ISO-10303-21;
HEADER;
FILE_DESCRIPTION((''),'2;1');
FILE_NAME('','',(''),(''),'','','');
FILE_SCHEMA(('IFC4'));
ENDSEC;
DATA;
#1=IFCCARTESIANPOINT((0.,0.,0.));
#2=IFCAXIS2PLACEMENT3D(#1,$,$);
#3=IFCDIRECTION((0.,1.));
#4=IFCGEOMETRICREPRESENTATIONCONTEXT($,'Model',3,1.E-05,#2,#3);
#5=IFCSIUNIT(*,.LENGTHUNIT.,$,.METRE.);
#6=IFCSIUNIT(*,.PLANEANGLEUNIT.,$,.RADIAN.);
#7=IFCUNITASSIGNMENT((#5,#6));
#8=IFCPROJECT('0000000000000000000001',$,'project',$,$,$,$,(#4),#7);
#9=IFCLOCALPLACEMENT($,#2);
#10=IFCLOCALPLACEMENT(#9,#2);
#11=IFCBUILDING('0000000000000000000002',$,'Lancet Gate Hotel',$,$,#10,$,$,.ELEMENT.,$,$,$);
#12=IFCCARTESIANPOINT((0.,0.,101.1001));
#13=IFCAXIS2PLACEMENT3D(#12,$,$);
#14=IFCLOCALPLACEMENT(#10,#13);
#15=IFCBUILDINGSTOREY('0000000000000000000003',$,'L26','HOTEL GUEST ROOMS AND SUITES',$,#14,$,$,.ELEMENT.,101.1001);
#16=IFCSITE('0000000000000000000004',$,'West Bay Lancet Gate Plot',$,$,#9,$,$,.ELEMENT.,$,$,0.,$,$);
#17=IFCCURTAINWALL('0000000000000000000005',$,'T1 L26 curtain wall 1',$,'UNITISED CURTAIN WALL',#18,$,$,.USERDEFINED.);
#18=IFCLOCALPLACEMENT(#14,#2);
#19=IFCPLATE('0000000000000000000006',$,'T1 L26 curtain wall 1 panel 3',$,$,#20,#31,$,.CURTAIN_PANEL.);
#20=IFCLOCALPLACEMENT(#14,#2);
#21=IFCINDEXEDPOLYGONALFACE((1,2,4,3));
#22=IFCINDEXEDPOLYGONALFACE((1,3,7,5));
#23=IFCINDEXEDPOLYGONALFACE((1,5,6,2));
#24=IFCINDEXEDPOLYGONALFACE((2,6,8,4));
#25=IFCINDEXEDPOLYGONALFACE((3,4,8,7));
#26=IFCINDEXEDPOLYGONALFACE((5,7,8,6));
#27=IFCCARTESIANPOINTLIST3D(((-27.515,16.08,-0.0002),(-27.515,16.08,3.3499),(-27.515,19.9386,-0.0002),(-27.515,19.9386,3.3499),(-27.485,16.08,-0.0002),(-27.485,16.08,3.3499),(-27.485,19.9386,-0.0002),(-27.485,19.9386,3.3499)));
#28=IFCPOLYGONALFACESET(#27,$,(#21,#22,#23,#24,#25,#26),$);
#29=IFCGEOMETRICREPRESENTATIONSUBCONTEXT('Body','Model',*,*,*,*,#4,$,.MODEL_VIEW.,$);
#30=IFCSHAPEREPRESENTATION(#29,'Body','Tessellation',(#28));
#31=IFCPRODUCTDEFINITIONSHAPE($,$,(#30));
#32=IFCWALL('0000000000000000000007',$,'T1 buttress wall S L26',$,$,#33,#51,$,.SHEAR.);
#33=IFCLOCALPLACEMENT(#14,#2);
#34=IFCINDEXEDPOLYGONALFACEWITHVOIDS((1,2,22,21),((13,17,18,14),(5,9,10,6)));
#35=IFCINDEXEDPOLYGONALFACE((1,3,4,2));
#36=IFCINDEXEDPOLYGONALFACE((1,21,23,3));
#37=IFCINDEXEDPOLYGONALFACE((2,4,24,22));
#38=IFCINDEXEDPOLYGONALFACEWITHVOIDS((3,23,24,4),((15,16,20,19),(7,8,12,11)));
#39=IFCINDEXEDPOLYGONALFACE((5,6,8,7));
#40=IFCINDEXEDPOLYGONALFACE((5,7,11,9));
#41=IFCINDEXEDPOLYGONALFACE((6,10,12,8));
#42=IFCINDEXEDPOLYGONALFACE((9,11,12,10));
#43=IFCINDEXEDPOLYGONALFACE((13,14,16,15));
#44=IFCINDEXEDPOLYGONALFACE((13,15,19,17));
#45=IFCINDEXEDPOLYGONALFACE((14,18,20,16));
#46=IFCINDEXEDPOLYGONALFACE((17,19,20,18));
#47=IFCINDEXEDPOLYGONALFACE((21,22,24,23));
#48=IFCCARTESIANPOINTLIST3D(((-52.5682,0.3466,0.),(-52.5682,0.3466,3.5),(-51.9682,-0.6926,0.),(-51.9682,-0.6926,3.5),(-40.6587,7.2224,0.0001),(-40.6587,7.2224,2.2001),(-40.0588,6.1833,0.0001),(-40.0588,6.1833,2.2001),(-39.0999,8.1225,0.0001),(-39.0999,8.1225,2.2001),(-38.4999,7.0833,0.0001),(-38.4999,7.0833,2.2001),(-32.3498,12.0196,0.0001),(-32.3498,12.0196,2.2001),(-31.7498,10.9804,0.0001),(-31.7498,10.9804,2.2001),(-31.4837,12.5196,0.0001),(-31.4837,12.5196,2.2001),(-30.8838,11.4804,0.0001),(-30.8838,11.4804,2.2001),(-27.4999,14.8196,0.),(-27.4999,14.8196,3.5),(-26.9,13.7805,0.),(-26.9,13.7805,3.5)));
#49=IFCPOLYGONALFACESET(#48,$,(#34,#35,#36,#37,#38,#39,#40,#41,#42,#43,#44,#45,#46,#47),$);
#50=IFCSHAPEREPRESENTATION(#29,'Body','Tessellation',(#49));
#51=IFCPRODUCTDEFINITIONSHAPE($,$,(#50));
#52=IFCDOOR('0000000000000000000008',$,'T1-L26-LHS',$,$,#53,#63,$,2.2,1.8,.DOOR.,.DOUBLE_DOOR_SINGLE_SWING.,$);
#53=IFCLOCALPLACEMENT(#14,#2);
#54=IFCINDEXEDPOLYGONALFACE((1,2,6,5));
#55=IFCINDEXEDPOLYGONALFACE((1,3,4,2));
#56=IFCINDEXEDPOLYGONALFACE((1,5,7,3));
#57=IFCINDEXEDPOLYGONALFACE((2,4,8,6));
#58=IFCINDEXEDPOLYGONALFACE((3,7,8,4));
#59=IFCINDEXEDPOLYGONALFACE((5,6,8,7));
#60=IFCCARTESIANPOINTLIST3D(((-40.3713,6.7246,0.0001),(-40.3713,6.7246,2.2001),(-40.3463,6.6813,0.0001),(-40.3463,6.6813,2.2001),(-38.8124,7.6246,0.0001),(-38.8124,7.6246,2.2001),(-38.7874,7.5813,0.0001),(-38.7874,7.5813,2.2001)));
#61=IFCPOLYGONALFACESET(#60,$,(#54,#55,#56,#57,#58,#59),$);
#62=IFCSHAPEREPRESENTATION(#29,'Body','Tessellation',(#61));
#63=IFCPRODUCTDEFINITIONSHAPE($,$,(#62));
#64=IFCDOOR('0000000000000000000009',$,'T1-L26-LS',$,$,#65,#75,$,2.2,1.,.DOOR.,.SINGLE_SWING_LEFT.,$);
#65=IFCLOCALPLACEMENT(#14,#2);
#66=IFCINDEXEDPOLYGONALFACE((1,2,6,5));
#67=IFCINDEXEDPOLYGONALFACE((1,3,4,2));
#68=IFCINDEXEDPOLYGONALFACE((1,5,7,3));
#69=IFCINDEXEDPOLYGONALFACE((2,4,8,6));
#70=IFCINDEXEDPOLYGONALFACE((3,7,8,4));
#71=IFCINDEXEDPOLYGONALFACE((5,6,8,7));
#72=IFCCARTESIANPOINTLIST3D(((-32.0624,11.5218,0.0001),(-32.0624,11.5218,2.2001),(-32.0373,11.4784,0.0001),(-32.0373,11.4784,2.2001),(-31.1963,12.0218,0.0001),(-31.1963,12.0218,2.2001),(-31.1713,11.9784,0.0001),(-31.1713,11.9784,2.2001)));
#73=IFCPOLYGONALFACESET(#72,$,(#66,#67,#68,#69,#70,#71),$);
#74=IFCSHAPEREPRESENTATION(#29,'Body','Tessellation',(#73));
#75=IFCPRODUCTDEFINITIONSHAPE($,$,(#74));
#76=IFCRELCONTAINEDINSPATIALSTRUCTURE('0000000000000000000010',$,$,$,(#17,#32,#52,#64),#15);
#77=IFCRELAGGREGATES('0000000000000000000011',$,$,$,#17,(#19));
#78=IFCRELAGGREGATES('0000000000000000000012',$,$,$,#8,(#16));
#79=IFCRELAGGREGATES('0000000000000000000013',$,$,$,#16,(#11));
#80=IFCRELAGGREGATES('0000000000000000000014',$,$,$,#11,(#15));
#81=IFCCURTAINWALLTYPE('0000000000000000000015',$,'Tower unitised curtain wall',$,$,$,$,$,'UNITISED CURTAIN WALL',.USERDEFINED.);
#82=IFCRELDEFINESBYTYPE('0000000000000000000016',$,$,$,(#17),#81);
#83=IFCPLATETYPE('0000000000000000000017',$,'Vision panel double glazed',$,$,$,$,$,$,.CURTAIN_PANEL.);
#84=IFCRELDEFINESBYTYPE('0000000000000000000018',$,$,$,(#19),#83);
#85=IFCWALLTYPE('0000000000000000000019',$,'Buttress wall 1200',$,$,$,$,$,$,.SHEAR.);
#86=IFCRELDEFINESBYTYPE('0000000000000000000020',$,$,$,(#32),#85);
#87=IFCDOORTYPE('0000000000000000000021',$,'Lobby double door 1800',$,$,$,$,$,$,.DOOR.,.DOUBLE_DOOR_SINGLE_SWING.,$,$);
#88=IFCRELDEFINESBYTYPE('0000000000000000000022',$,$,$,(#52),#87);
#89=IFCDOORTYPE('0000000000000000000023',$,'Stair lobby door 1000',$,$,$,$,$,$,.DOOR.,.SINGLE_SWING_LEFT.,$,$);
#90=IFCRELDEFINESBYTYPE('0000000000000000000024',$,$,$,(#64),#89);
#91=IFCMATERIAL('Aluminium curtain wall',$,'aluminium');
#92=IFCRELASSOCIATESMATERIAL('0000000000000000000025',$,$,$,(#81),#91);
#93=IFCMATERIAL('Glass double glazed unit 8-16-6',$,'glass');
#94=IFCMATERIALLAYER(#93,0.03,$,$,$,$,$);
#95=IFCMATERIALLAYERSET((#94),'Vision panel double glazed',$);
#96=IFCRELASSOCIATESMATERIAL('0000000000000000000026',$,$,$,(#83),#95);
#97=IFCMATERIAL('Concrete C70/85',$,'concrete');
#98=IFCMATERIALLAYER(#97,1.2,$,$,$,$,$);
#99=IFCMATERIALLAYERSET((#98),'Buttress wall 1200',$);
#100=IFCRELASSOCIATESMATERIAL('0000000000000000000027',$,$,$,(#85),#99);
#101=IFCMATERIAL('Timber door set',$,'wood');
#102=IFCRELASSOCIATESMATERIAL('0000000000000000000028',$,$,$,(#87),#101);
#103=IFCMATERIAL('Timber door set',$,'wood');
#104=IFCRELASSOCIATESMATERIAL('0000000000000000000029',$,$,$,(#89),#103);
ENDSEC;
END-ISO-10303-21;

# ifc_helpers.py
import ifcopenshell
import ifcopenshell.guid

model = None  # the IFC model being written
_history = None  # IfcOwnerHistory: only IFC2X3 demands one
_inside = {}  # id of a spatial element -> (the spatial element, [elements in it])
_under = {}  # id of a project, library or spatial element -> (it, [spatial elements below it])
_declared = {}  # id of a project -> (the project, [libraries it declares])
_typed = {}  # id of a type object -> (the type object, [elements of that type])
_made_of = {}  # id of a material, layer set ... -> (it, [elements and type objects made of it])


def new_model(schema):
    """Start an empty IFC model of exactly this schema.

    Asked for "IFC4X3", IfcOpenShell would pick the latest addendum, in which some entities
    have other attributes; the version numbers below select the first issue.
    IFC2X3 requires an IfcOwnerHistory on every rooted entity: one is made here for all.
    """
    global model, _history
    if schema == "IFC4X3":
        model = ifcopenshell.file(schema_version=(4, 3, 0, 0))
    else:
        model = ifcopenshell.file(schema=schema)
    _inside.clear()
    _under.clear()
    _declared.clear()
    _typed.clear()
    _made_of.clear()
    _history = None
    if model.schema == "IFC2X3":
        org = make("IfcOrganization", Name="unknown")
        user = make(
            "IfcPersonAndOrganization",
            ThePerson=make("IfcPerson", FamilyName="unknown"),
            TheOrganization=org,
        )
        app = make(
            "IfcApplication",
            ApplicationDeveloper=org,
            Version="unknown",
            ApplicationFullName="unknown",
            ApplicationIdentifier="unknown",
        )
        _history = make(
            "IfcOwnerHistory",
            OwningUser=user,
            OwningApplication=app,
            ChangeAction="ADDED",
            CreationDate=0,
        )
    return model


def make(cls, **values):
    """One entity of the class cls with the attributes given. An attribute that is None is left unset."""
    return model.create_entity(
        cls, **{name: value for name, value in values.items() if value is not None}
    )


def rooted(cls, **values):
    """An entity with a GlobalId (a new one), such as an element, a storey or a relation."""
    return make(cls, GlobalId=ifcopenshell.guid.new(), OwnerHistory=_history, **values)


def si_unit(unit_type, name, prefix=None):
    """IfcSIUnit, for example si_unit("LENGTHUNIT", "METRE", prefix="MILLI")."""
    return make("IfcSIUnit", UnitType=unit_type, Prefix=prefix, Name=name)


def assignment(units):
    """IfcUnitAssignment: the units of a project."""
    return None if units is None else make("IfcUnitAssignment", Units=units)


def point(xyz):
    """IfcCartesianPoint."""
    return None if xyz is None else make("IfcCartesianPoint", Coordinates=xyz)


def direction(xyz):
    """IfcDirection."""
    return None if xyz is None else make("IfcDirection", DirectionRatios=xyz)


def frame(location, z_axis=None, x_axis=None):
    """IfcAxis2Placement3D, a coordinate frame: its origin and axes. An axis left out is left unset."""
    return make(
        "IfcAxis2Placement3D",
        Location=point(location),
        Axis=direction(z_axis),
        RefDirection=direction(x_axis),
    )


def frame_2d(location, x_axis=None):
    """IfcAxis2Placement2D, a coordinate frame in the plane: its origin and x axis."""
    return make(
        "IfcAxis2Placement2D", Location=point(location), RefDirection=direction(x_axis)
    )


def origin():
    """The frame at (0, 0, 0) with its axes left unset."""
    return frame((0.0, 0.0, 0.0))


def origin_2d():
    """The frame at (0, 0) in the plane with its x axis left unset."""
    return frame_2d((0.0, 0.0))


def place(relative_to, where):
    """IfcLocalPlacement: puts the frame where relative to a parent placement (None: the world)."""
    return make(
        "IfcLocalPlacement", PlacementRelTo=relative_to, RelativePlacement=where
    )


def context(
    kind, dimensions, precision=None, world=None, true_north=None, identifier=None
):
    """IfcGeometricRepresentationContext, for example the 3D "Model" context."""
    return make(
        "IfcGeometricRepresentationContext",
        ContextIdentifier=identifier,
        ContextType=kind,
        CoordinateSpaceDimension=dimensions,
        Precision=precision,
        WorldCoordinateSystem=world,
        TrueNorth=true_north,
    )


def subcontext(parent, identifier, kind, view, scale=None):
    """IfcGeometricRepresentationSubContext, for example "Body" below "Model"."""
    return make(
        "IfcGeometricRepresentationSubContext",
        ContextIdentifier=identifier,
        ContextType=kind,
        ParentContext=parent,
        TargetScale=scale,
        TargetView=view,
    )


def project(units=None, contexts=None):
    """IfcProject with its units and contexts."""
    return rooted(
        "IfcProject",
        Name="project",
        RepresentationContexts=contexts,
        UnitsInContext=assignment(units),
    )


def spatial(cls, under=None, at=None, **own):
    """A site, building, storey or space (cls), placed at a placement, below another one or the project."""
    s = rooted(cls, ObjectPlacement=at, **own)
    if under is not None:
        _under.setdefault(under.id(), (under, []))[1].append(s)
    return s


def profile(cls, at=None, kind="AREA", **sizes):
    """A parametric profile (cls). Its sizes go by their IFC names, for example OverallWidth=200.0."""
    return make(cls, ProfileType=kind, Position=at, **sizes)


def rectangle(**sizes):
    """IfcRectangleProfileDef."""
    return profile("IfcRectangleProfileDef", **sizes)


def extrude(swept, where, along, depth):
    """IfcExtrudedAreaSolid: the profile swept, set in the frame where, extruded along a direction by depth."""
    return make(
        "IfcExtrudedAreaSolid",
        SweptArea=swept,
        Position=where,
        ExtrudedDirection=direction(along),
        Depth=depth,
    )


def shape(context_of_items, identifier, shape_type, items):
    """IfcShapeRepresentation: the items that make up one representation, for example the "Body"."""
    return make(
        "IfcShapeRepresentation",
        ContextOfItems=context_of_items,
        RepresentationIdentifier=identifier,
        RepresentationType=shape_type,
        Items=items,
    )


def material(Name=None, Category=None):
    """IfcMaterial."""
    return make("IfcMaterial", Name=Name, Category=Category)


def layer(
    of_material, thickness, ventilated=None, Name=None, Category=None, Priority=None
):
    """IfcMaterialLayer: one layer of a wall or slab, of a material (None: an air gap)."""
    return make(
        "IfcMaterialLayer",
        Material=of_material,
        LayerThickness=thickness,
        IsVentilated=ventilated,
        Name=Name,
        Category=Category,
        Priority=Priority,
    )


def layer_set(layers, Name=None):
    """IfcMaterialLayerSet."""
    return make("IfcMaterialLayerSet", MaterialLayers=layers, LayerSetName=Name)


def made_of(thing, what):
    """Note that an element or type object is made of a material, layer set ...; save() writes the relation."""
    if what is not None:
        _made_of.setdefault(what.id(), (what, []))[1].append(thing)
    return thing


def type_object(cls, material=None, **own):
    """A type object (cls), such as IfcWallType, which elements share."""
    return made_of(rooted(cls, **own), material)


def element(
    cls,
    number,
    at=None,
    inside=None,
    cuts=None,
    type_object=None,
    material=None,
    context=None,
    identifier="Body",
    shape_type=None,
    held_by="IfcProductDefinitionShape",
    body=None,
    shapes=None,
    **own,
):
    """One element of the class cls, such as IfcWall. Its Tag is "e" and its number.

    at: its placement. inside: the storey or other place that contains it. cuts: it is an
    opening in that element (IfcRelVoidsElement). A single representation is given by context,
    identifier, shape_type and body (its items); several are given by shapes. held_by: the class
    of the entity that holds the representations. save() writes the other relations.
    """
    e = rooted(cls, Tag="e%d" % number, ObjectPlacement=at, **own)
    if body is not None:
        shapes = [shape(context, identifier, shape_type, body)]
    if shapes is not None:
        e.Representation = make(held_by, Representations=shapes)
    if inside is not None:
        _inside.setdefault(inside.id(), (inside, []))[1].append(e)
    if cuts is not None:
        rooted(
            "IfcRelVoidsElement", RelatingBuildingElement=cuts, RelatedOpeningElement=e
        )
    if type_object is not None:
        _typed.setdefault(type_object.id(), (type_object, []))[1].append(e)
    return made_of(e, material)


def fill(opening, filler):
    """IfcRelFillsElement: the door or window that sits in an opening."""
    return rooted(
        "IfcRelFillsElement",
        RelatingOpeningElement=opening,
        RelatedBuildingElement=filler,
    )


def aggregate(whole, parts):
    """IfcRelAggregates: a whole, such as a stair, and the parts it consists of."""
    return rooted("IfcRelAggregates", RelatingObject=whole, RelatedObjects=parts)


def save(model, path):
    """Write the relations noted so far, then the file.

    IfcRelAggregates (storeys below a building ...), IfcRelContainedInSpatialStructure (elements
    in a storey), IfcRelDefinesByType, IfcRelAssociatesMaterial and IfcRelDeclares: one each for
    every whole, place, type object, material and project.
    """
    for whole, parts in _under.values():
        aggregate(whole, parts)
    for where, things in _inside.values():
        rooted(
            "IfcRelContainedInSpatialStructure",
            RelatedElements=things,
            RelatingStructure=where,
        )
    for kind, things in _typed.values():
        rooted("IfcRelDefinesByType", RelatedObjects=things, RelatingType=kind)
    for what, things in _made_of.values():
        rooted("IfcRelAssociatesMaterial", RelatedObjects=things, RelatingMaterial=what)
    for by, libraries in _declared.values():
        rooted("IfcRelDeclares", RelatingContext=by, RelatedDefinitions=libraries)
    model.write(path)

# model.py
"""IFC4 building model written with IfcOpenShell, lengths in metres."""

from ifc_helpers import new_model, si_unit, direction, frame, frame_2d, origin, origin_2d, place, context, subcontext, project, spatial, rectangle, extrude, material, layer, layer_set, type_object, element, fill, aggregate, save


model = new_model("IFC4")

# Units and contexts
model_context = context("Model", 3, precision=1e-05, world=origin(), true_north=direction((0.0, 1.0)))
body_context = subcontext(model_context, "Body", "Model", "MODEL_VIEW")
ifc_project = project(units=[si_unit("LENGTHUNIT", "METRE"), si_unit("PLANEANGLEUNIT", "RADIAN")], contexts=[model_context])

# Site, building, storey
site_placement = place(None, origin())
site = spatial("IfcSite", under=ifc_project, at=site_placement, Name="West Bay Lancet Gate Plot", CompositionType="ELEMENT", RefElevation=0.0)
building_placement = place(site_placement, origin())
building = spatial("IfcBuilding", under=site, at=building_placement, Name="Lancet Gate Hotel", CompositionType="ELEMENT")
storey_placement = place(building_placement, frame((0.0, 0.0, 101.1001)))
storey = spatial("IfcBuildingStorey", under=building, at=storey_placement, Name="L26", Description="HOTEL GUEST ROOMS AND SUITES", CompositionType="ELEMENT", Elevation=101.1001)

# Curtain wall
ifc_material_1 = material(Name="Aluminium curtain wall", Category="aluminium")
curtain_wall_type = type_object("IfcCurtainWallType", Name="Tower unitised curtain wall", ElementType="UNITISED CURTAIN WALL", PredefinedType="USERDEFINED", material=ifc_material_1)
curtain_wall_placement = place(storey_placement, origin())
curtain_wall = element("IfcCurtainWall", 1, at=curtain_wall_placement, inside=storey, type_object=curtain_wall_type, Name="T1 L26 curtain wall 1", ObjectType="UNITISED CURTAIN WALL", PredefinedType="USERDEFINED")

# Plate
ifc_material_2 = material(Name="Glass double glazed unit 8-16-6", Category="glass")
ifc_layer_1 = layer(ifc_material_2, 0.03)
ifc_layer_set_1 = layer_set([ifc_layer_1], Name="Vision panel double glazed")
plate_type = type_object("IfcPlateType", Name="Vision panel double glazed", PredefinedType="CURTAIN_PANEL", material=ifc_layer_set_1)
plate_1_placement = place(storey_placement, frame((-27.5, 18.0093, -0.0002), z_axis=(0.0, 0.0, 1.0), x_axis=(0.0, 1.0, 0.0)))
plate_1 = element("IfcPlate", 2, at=plate_1_placement, type_object=plate_type, Name="T1 L26 curtain wall 1 panel 3", PredefinedType="CURTAIN_PANEL", context=body_context, shape_type="SweptSolid", body=[
    extrude(rectangle(XDim=3.8586, YDim=0.03, at=origin_2d()), origin(), (0.0, 0.0, 1.0), 3.3501),
])
aggregate(curtain_wall, [plate_1])

# Wall, openings, doors
ifc_material_3 = material(Name="Concrete C70/85", Category="concrete")
ifc_layer_2 = layer(ifc_material_3, 1.2)
ifc_layer_set_2 = layer_set([ifc_layer_2], Name="Buttress wall 1200")
wall_type = type_object("IfcWallType", Name="Buttress wall 1200", PredefinedType="SHEAR", material=ifc_layer_set_2)
wall_placement = place(storey_placement, frame((-27.2, 14.3, 0.0), z_axis=(0.0, 0.0, 1.0), x_axis=(-0.866027, -0.499998, 0.0)))
wall = element("IfcWall", 3, at=wall_placement, inside=storey, type_object=wall_type, Name="T1 buttress wall S L26", PredefinedType="SHEAR", context=body_context, shape_type="SweptSolid", body=[
    extrude(rectangle(XDim=28.9463, YDim=1.2, at=frame_2d((14.4731, 0.0))), origin(), (0.0, 0.0, 1.0), 3.5),
])
opening_1_placement = place(wall_placement, frame((4.6001, 0.0, 0.0)))
opening_1 = element("IfcOpeningElement", 4, at=opening_1_placement, cuts=wall, PredefinedType="OPENING", context=body_context, shape_type="SweptSolid", body=[
    extrude(rectangle(XDim=1.0, YDim=2.2, at=frame_2d((0.5, 1.1001))), frame((0.0, 0.6099, 0.0), z_axis=(0.0, -1.0, 0.0), x_axis=(1.0, 0.0, 0.0)), (0.0, 0.0, 1.0), 1.22),
])
opening_2_placement = place(wall_placement, frame((13.3945, 0.0, 0.0)))
opening_2 = element("IfcOpeningElement", 5, at=opening_2_placement, cuts=wall, PredefinedType="OPENING", context=body_context, shape_type="SweptSolid", body=[
    extrude(rectangle(XDim=1.8, YDim=2.2, at=frame_2d((0.8999, 1.1001))), frame((0.0, 0.6099, 0.0), z_axis=(0.0, -1.0, 0.0), x_axis=(1.0, 0.0, 0.0)), (0.0, 0.0, 1.0), 1.22),
])
ifc_material_4 = material(Name="Timber door set", Category="wood")
door_type_1 = type_object("IfcDoorType", Name="Lobby double door 1800", OperationType="DOUBLE_DOOR_SINGLE_SWING", PredefinedType="DOOR", material=ifc_material_4)
door_1_placement = place(opening_2_placement, origin())
door_1 = element("IfcDoor", 6, at=door_1_placement, inside=storey, type_object=door_type_1, Name="T1-L26-LHS", OperationType="DOUBLE_DOOR_SINGLE_SWING", OverallHeight=2.2, OverallWidth=1.8, PredefinedType="DOOR", context=body_context, shape_type="SweptSolid", body=[
    extrude(rectangle(XDim=1.8, YDim=2.2, at=frame_2d((0.8999, 1.1001))), frame((0.0, 0.0249, 0.0), z_axis=(0.0, -1.0, 0.0), x_axis=(1.0, 0.0, 0.0)), (0.0, 0.0, 1.0), 0.05),
])
fill(opening_2, door_1)
ifc_material_5 = material(Name="Timber door set", Category="wood")
door_type_2 = type_object("IfcDoorType", Name="Stair lobby door 1000", OperationType="SINGLE_SWING_LEFT", PredefinedType="DOOR", material=ifc_material_5)
door_2_placement = place(opening_1_placement, origin())
door_2 = element("IfcDoor", 7, at=door_2_placement, inside=storey, type_object=door_type_2, Name="T1-L26-LS", OperationType="SINGLE_SWING_LEFT", OverallHeight=2.2, OverallWidth=1.0, PredefinedType="DOOR", context=body_context, shape_type="SweptSolid", body=[
    extrude(rectangle(XDim=1.0, YDim=2.2, at=frame_2d((0.5, 1.1001))), frame((0.0, 0.0249, 0.0), z_axis=(0.0, -1.0, 0.0), x_axis=(1.0, 0.0, 0.0)), (0.0, 0.0, 1.0), 0.05),
])
fill(opening_1, door_2)

save(model, "model.ifc")
